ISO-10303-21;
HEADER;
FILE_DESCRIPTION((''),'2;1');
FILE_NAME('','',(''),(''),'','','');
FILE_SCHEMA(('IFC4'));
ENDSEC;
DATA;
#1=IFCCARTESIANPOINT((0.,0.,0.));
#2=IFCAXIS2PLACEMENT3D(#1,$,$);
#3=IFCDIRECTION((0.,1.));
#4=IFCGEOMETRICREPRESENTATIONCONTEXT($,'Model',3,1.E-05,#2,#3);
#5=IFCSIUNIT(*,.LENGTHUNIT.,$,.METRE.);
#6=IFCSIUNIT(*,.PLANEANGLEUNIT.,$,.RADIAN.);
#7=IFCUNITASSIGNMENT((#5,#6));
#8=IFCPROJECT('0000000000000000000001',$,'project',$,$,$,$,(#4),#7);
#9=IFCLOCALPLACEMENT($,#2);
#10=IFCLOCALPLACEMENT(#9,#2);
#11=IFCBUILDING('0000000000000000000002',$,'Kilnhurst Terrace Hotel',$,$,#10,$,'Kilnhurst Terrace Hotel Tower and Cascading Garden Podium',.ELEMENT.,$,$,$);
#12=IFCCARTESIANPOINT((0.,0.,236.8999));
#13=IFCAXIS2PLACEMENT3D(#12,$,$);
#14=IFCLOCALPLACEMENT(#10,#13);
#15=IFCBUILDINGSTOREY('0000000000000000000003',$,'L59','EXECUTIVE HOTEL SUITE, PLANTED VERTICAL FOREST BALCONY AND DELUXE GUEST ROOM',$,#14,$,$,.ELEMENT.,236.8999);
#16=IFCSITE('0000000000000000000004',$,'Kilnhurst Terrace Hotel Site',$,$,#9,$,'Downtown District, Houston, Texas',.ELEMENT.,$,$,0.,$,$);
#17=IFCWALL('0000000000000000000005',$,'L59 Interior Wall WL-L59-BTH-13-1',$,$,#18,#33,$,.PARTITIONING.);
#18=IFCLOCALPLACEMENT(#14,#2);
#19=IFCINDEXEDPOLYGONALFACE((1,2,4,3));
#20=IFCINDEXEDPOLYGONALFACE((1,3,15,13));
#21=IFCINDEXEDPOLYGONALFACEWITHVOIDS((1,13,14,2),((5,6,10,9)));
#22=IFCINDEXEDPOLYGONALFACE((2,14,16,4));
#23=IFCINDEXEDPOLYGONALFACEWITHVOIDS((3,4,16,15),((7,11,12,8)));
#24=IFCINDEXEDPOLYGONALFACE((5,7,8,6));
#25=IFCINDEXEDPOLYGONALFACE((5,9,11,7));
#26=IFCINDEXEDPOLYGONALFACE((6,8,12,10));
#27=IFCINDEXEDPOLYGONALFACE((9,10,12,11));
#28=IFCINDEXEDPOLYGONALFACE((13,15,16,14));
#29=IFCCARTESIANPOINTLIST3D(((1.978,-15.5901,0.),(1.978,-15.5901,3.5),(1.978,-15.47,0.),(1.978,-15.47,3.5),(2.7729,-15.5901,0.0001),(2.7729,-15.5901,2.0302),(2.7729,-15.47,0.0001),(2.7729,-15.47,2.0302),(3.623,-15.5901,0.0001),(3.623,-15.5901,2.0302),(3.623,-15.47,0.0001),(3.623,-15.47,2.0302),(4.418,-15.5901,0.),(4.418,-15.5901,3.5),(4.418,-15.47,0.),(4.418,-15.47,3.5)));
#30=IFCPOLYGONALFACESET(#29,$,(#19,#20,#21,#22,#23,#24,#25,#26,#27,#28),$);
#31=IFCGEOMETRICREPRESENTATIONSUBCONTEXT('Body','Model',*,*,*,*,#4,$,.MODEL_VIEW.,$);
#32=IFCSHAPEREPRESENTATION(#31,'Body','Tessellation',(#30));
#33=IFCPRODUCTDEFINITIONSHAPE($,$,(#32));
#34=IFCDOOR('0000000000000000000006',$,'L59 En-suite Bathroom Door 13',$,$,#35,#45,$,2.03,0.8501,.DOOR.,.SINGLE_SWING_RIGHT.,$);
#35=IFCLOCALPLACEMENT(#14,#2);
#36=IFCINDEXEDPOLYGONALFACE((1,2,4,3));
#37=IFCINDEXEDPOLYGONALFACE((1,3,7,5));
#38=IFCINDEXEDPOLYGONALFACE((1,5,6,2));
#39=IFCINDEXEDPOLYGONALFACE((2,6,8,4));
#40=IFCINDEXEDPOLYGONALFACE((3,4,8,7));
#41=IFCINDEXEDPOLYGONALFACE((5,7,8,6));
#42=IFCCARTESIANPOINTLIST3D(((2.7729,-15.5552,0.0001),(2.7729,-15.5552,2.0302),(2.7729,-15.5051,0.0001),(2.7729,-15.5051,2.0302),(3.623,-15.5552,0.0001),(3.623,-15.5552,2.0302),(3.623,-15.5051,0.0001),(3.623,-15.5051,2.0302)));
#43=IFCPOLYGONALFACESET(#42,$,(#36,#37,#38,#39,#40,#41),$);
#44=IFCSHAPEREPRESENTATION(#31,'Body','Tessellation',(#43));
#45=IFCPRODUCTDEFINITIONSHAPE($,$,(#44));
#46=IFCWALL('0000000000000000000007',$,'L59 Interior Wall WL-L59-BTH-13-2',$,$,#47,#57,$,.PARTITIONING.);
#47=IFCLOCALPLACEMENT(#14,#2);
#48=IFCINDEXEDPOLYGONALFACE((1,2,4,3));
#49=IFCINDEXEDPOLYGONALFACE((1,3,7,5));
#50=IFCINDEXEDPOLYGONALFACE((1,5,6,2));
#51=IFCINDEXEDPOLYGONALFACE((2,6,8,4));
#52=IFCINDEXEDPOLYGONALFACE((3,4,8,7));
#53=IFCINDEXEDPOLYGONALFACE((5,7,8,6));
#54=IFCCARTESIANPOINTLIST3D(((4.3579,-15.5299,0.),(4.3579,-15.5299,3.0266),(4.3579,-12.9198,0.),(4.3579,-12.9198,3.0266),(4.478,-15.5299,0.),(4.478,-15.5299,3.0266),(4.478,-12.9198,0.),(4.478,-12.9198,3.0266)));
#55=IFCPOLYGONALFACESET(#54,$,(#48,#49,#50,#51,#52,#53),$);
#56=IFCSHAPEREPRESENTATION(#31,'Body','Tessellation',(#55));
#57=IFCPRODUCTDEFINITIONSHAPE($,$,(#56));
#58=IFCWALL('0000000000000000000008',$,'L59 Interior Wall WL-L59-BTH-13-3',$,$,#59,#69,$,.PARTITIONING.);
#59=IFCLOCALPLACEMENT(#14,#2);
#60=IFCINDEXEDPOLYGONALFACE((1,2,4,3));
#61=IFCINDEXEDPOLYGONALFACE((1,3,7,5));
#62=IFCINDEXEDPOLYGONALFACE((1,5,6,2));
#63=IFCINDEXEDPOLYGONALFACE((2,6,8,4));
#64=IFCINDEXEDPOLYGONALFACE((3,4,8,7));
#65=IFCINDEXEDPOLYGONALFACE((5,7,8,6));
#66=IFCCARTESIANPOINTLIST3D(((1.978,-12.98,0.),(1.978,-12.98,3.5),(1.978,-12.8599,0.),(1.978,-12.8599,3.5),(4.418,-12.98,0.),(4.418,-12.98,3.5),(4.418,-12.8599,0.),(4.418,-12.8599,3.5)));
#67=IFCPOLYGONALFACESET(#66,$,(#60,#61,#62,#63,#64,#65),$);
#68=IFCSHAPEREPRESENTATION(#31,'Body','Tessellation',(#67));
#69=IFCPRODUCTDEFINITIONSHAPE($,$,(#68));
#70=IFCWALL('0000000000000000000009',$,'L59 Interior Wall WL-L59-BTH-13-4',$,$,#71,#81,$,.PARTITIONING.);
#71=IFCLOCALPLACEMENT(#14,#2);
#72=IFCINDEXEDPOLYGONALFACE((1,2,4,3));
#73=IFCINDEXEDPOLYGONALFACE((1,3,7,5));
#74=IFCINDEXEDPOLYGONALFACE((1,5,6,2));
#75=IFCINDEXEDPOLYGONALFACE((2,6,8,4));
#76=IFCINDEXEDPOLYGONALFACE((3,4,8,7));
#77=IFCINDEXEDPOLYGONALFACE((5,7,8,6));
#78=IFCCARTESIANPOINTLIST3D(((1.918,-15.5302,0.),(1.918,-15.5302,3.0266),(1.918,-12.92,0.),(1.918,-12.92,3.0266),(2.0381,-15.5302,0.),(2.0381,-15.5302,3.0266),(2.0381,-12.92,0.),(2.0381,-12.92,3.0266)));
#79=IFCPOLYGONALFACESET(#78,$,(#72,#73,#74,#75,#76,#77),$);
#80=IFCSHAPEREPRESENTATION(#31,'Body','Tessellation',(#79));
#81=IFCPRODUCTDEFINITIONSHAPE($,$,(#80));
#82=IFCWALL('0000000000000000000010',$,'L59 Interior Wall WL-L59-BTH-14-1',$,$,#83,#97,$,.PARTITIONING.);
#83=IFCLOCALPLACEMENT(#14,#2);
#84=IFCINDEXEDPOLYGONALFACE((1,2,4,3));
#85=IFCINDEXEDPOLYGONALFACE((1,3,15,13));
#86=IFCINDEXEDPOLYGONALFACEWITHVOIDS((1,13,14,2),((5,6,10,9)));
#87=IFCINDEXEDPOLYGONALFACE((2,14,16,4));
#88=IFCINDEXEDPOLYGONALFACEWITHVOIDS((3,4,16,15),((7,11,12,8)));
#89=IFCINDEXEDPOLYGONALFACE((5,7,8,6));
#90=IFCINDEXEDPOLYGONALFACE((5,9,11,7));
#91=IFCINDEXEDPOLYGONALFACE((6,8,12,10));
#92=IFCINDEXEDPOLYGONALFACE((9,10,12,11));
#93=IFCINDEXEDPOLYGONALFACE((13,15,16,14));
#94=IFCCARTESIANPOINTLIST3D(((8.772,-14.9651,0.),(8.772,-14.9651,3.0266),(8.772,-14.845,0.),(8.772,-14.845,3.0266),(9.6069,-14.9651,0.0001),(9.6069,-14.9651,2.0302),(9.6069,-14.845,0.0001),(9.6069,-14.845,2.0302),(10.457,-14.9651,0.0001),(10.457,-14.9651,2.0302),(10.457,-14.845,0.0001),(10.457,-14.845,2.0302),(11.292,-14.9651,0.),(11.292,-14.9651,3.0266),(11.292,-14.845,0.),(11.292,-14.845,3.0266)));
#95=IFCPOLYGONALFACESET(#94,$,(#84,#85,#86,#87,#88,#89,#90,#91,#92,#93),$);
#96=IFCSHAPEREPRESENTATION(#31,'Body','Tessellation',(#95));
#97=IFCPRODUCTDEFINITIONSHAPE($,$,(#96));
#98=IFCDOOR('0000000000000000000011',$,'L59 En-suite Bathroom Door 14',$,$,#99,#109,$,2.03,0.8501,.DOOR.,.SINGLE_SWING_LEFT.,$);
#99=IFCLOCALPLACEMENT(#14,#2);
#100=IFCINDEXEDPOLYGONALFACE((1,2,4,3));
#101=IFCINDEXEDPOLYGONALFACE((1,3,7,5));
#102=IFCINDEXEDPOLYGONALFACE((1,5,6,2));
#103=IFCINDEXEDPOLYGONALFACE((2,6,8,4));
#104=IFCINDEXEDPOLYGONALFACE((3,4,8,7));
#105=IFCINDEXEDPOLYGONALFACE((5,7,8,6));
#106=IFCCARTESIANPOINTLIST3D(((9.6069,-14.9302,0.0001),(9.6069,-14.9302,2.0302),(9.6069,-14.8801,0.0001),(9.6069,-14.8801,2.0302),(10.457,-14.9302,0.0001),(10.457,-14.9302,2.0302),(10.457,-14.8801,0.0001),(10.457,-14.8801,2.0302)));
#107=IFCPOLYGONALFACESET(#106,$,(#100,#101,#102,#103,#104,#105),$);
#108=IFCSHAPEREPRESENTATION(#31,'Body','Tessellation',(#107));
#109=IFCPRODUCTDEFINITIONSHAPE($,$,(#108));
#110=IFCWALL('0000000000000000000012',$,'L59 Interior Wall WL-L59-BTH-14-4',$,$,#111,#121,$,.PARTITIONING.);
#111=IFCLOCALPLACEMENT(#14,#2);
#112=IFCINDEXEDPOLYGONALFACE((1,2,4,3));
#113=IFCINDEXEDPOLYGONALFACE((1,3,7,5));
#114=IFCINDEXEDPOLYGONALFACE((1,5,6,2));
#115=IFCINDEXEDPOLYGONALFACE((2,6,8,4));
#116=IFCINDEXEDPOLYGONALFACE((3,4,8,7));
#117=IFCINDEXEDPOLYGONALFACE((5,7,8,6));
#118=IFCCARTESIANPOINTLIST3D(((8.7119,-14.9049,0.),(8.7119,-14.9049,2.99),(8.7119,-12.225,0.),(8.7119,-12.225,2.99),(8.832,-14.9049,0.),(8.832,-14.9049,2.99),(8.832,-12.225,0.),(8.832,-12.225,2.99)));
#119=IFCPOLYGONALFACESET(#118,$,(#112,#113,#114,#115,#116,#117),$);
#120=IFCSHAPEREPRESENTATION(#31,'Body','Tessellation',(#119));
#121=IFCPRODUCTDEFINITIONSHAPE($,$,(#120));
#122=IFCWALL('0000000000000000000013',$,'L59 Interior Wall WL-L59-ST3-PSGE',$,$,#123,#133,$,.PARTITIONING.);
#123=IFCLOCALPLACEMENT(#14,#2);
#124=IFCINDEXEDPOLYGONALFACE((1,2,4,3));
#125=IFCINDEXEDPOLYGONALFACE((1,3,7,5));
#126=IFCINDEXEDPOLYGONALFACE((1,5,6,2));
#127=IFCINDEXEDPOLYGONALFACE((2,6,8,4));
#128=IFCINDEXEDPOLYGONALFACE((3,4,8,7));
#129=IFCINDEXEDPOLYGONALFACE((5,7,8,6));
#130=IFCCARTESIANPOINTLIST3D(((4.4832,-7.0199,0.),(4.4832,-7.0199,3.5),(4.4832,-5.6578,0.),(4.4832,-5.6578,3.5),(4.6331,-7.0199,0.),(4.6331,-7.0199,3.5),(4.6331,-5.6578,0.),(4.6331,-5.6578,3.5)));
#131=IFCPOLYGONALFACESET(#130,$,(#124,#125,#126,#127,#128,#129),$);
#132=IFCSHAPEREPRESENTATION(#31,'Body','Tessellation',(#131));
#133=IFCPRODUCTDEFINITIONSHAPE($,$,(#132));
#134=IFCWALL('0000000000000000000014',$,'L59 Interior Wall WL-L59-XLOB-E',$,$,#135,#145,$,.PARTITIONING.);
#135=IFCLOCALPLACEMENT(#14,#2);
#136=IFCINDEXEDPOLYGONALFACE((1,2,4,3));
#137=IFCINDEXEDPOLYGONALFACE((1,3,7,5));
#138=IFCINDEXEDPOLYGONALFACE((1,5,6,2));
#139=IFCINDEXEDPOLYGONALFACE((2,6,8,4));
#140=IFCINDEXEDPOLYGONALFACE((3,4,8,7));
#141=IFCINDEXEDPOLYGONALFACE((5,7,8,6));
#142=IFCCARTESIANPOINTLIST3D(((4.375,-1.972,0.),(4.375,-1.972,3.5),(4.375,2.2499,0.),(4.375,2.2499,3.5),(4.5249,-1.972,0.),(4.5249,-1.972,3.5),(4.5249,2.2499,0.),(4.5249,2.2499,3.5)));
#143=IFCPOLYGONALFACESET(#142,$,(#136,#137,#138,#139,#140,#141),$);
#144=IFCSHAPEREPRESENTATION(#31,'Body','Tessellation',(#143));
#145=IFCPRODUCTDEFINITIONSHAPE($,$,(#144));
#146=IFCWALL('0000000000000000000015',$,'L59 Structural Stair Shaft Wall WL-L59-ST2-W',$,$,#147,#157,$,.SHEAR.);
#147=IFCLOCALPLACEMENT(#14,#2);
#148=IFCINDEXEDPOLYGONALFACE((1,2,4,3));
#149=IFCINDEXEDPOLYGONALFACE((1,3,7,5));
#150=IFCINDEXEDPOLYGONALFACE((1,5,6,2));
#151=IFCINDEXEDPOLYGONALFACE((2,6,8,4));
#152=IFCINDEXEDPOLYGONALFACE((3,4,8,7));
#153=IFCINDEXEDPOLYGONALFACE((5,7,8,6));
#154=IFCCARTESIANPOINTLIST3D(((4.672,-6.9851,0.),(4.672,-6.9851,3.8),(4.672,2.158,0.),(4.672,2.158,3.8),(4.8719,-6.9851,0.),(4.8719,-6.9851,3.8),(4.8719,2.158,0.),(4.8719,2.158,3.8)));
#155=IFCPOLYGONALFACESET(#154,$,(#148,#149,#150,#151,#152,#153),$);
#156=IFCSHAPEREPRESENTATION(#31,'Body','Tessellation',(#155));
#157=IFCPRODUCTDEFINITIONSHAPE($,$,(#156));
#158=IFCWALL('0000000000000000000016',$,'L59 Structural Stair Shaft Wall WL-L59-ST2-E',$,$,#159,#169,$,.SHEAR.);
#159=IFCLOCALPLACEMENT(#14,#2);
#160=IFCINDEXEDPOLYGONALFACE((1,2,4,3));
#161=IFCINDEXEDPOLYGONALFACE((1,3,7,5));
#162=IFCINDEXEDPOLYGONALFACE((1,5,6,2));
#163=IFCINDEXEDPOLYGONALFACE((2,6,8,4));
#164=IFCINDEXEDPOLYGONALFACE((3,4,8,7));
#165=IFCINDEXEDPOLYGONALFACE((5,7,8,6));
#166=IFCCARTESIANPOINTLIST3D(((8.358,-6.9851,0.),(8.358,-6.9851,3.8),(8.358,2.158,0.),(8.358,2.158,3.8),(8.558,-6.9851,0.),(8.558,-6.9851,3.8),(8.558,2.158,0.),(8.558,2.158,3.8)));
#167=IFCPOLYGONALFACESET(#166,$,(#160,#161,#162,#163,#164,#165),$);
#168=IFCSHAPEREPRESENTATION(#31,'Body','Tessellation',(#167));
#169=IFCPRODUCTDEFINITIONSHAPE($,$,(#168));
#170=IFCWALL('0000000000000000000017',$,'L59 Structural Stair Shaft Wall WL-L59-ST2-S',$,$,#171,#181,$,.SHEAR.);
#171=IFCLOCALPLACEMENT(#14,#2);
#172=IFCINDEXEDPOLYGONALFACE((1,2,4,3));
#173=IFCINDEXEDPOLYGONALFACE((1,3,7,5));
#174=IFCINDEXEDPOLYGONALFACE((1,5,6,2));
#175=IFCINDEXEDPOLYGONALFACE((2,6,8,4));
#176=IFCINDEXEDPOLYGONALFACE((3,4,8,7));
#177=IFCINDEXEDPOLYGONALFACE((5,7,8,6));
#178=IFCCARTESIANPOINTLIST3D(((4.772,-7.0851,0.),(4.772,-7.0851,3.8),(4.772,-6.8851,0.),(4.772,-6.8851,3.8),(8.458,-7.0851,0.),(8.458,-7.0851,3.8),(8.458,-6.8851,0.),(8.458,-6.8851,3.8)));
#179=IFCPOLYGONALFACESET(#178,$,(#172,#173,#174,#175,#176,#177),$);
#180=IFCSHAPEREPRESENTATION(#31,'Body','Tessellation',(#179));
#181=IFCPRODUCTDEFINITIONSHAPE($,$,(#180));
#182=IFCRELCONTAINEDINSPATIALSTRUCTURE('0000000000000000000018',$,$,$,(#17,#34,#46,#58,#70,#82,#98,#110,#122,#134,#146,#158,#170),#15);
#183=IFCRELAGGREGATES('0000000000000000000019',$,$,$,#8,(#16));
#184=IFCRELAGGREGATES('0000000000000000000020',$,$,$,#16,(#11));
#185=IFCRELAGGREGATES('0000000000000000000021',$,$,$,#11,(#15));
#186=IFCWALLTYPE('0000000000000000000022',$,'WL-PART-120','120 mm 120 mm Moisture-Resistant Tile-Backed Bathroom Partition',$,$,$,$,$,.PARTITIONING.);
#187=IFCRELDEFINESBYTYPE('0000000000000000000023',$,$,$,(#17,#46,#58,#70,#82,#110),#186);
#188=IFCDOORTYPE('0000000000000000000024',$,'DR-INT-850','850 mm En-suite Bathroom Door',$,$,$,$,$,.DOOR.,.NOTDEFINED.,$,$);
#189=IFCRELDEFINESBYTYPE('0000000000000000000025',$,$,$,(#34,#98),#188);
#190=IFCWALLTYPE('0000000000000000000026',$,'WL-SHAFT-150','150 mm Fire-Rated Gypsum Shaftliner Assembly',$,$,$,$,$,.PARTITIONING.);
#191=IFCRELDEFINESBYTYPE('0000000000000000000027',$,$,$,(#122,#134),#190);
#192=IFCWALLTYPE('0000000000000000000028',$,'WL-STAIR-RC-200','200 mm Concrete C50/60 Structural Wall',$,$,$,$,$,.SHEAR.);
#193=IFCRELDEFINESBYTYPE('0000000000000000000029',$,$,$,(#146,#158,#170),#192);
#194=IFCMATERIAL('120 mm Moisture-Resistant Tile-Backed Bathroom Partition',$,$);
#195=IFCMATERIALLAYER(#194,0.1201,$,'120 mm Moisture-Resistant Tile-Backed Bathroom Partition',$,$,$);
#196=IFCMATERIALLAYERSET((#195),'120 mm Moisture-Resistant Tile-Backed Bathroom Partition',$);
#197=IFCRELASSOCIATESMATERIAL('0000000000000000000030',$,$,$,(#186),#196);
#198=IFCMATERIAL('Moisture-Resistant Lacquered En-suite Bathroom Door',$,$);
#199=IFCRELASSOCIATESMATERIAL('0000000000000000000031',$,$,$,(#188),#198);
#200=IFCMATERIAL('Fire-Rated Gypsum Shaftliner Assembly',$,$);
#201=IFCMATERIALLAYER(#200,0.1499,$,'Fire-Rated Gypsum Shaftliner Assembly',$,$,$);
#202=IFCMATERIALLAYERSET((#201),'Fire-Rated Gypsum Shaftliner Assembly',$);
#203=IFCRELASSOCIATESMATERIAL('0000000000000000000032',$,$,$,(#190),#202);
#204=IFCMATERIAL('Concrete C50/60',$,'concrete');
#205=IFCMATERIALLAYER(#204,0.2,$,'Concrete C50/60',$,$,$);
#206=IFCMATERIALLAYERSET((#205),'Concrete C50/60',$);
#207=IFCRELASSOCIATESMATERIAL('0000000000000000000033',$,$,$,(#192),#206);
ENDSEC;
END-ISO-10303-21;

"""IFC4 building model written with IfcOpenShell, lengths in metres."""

from ifc_helpers import new_model, si_unit, direction, frame, frame_2d, origin, place, context, subcontext, project, spatial, rectangle, extrude, material, layer, layer_set, type_object, element, fill, save


model = new_model("IFC4")

# Units and contexts
model_context = context("Model", 3, precision=1e-05, world=origin(), true_north=direction((0.0, 1.0)))
body_context = subcontext(model_context, "Body", "Model", "MODEL_VIEW")
ifc_project = project(units=[si_unit("LENGTHUNIT", "METRE"), si_unit("PLANEANGLEUNIT", "RADIAN")], contexts=[model_context])

# Site, building, storey
site_placement = place(None, origin())
site = spatial("IfcSite", under=ifc_project, at=site_placement, Name="Kilnhurst Terrace Hotel Site", LongName="Downtown District, Houston, Texas", CompositionType="ELEMENT", RefElevation=0.0)
building_placement = place(site_placement, origin())
building = spatial("IfcBuilding", under=site, at=building_placement, Name="Kilnhurst Terrace Hotel", LongName="Kilnhurst Terrace Hotel Tower and Cascading Garden Podium", CompositionType="ELEMENT")
storey_placement = place(building_placement, frame((0.0, 0.0, 236.8999)))
storey = spatial("IfcBuildingStorey", under=building, at=storey_placement, Name="L59", Description="EXECUTIVE HOTEL SUITE, PLANTED VERTICAL FOREST BALCONY AND DELUXE GUEST ROOM", CompositionType="ELEMENT", Elevation=236.8999)

# Shared definitions
ifc_material_1 = material(Name="Concrete C50/60", Category="concrete")

# Wall, opening, door
ifc_material_2 = material(Name="120 mm Moisture-Resistant Tile-Backed Bathroom Partition")
ifc_layer_1 = layer(ifc_material_2, 0.1201, Name="120 mm Moisture-Resistant Tile-Backed Bathroom Partition")
ifc_layer_set_1 = layer_set([ifc_layer_1], Name="120 mm Moisture-Resistant Tile-Backed Bathroom Partition")
wall_type_1 = type_object("IfcWallType", Name="WL-PART-120", Description="120 mm 120 mm Moisture-Resistant Tile-Backed Bathroom Partition", PredefinedType="PARTITIONING", material=ifc_layer_set_1)
wall_1_placement = place(storey_placement, frame((1.978, -15.53, 0.0), z_axis=(0.0, 0.0, 1.0), x_axis=(1.0, 0.0, 0.0)))
wall_1 = element("IfcWall", 1, at=wall_1_placement, inside=storey, type_object=wall_type_1, Name="L59 Interior Wall WL-L59-BTH-13-1", PredefinedType="PARTITIONING", context=body_context, shape_type="SweptSolid", body=[
    extrude(rectangle(XDim=2.4399, YDim=0.1201, at=frame_2d((1.22, 0.0))), origin(), (0.0, 0.0, 1.0), 3.5),
])
opening_1_placement = place(wall_1_placement, frame((0.7949, 0.0, 0.0)))
opening_1 = element("IfcOpeningElement", 2, at=opening_1_placement, cuts=wall_1, PredefinedType="OPENING", context=body_context, shape_type="SweptSolid", body=[
    extrude(rectangle(XDim=0.8501, YDim=2.03, at=frame_2d((0.425, 1.0151))), frame((0.0, 0.0701, 0.0), z_axis=(0.0, -1.0, 0.0), x_axis=(1.0, 0.0, 0.0)), (0.0, 0.0, 1.0), 0.1401),
])
ifc_material_3 = material(Name="Moisture-Resistant Lacquered En-suite Bathroom Door")
door_type = type_object("IfcDoorType", Name="DR-INT-850", Description="850 mm En-suite Bathroom Door", OperationType="NOTDEFINED", PredefinedType="DOOR", material=ifc_material_3)
door_1_placement = place(opening_1_placement, origin())
door_1 = element("IfcDoor", 3, at=door_1_placement, inside=storey, type_object=door_type, Name="L59 En-suite Bathroom Door 13", OperationType="SINGLE_SWING_RIGHT", OverallHeight=2.03, OverallWidth=0.8501, PredefinedType="DOOR", context=body_context, shape_type="SweptSolid", body=[
    extrude(rectangle(XDim=0.8501, YDim=2.03, at=frame_2d((0.425, 1.0151))), frame((0.0, 0.0249, 0.0), z_axis=(0.0, -1.0, 0.0), x_axis=(1.0, 0.0, 0.0)), (0.0, 0.0, 1.0), 0.05),
])
fill(opening_1, door_1)

# Walls
wall_2_placement = place(storey_placement, frame((4.418, -15.53, 0.0), z_axis=(0.0, 0.0, 1.0), x_axis=(0.0, 1.0, 0.0)))
element("IfcWall", 4, at=wall_2_placement, inside=storey, type_object=wall_type_1, Name="L59 Interior Wall WL-L59-BTH-13-2", PredefinedType="PARTITIONING", context=body_context, shape_type="SweptSolid", body=[
    extrude(rectangle(XDim=2.6101, YDim=0.1201, at=frame_2d((1.3052, 0.0))), origin(), (0.0, 0.0, 1.0), 3.0266),
])
wall_3_placement = place(storey_placement, frame((4.418, -12.9199, 0.0), z_axis=(0.0, 0.0, 1.0), x_axis=(-1.0, 0.0, 0.0)))
element("IfcWall", 5, at=wall_3_placement, inside=storey, type_object=wall_type_1, Name="L59 Interior Wall WL-L59-BTH-13-3", PredefinedType="PARTITIONING", context=body_context, shape_type="SweptSolid", body=[
    extrude(rectangle(XDim=2.4399, YDim=0.1201, at=frame_2d((1.22, 0.0))), origin(), (0.0, 0.0, 1.0), 3.5),
])
wall_4_placement = place(storey_placement, frame((1.978, -12.9199, 0.0), z_axis=(0.0, 0.0, 1.0), x_axis=(0.0, -1.0, 0.0)))
element("IfcWall", 6, at=wall_4_placement, inside=storey, type_object=wall_type_1, Name="L59 Interior Wall WL-L59-BTH-13-4", PredefinedType="PARTITIONING", context=body_context, shape_type="SweptSolid", body=[
    extrude(rectangle(XDim=2.6101, YDim=0.1201, at=frame_2d((1.3052, 0.0))), origin(), (0.0, 0.0, 1.0), 3.0266),
])

# Wall, opening, door
wall_5_placement = place(storey_placement, frame((8.772, -14.905, 0.0), z_axis=(0.0, 0.0, 1.0), x_axis=(1.0, 0.0, 0.0)))
wall_5 = element("IfcWall", 7, at=wall_5_placement, inside=storey, type_object=wall_type_1, Name="L59 Interior Wall WL-L59-BTH-14-1", PredefinedType="PARTITIONING", context=body_context, shape_type="SweptSolid", body=[
    extrude(rectangle(XDim=2.52, YDim=0.1201, at=frame_2d((1.26, 0.0))), origin(), (0.0, 0.0, 1.0), 3.0266),
])
opening_2_placement = place(wall_5_placement, frame((0.835, 0.0, 0.0)))
opening_2 = element("IfcOpeningElement", 8, at=opening_2_placement, cuts=wall_5, PredefinedType="OPENING", context=body_context, shape_type="SweptSolid", body=[
    extrude(rectangle(XDim=0.8501, YDim=2.03, at=frame_2d((0.425, 1.0151))), frame((0.0, 0.0701, 0.0), z_axis=(0.0, -1.0, 0.0), x_axis=(1.0, 0.0, 0.0)), (0.0, 0.0, 1.0), 0.1401),
])
door_2_placement = place(opening_2_placement, origin())
door_2 = element("IfcDoor", 9, at=door_2_placement, inside=storey, type_object=door_type, Name="L59 En-suite Bathroom Door 14", OperationType="SINGLE_SWING_LEFT", OverallHeight=2.03, OverallWidth=0.8501, PredefinedType="DOOR", context=body_context, shape_type="SweptSolid", body=[
    extrude(rectangle(XDim=0.8501, YDim=2.03, at=frame_2d((0.425, 1.0151))), frame((0.0, 0.0249, 0.0), z_axis=(0.0, -1.0, 0.0), x_axis=(1.0, 0.0, 0.0)), (0.0, 0.0, 1.0), 0.05),
])
fill(opening_2, door_2)

# Walls
wall_6_placement = place(storey_placement, frame((8.772, -12.2251, 0.0), z_axis=(0.0, 0.0, 1.0), x_axis=(0.0, -1.0, 0.0)))
element("IfcWall", 10, at=wall_6_placement, inside=storey, type_object=wall_type_1, Name="L59 Interior Wall WL-L59-BTH-14-4", PredefinedType="PARTITIONING", context=body_context, shape_type="SweptSolid", body=[
    extrude(rectangle(XDim=2.6799, YDim=0.1201, at=frame_2d((1.3398, 0.0))), origin(), (0.0, 0.0, 1.0), 2.99),
])
ifc_material_4 = material(Name="Fire-Rated Gypsum Shaftliner Assembly")
ifc_layer_2 = layer(ifc_material_4, 0.1499, Name="Fire-Rated Gypsum Shaftliner Assembly")
ifc_layer_set_2 = layer_set([ifc_layer_2], Name="Fire-Rated Gypsum Shaftliner Assembly")
wall_type_2 = type_object("IfcWallType", Name="WL-SHAFT-150", Description="150 mm Fire-Rated Gypsum Shaftliner Assembly", PredefinedType="PARTITIONING", material=ifc_layer_set_2)
wall_7_placement = place(storey_placement, frame((4.5581, -7.02, 0.0), z_axis=(0.0, 0.0, 1.0), x_axis=(0.0, 1.0, 0.0)))
element("IfcWall", 11, at=wall_7_placement, inside=storey, type_object=wall_type_2, Name="L59 Interior Wall WL-L59-ST3-PSGE", PredefinedType="PARTITIONING", context=body_context, shape_type="SweptSolid", body=[
    extrude(rectangle(XDim=1.3621, YDim=0.1499, at=frame_2d((0.6812, 0.0))), origin(), (0.0, 0.0, 1.0), 3.5),
])
wall_8_placement = place(storey_placement, frame((4.45, -1.9719, 0.0), z_axis=(0.0, 0.0, 1.0), x_axis=(0.0, 1.0, 0.0)))
element("IfcWall", 12, at=wall_8_placement, inside=storey, type_object=wall_type_2, Name="L59 Interior Wall WL-L59-XLOB-E", PredefinedType="PARTITIONING", context=body_context, shape_type="SweptSolid", body=[
    extrude(rectangle(XDim=4.2219, YDim=0.1499, at=frame_2d((2.1108, 0.0))), origin(), (0.0, 0.0, 1.0), 3.5),
])
ifc_layer_3 = layer(ifc_material_1, 0.2, Name="Concrete C50/60")
ifc_layer_set_3 = layer_set([ifc_layer_3], Name="Concrete C50/60")
wall_type_3 = type_object("IfcWallType", Name="WL-STAIR-RC-200", Description="200 mm Concrete C50/60 Structural Wall", PredefinedType="SHEAR", material=ifc_layer_set_3)
for number, where, z_axis, x_axis, name in (
    (13, (4.772, -6.9851, 0.0), (0.0, 0.0, 1.0), (0.0, 1.0, 0.0), "L59 Structural Stair Shaft Wall WL-L59-ST2-W"),
    (14, (8.458, -6.9851, 0.0), (0.0, 0.0, 1.0), (0.0, 1.0, 0.0), "L59 Structural Stair Shaft Wall WL-L59-ST2-E"),
):
    element("IfcWall", number, at=place(storey_placement, frame(where, z_axis=z_axis, x_axis=x_axis)), inside=storey, type_object=wall_type_3, Name=name, PredefinedType="SHEAR", context=body_context, shape_type="SweptSolid", body=[
        extrude(rectangle(XDim=9.1431, YDim=0.2, at=frame_2d((4.5715, 0.0))), origin(), (0.0, 0.0, 1.0), 3.8),
    ])
for number, where, z_axis, x_axis, name in (
    (15, (4.772, -6.9851, 0.0), (0.0, 0.0, 1.0), (1.0, 0.0, 0.0), "L59 Structural Stair Shaft Wall WL-L59-ST2-S"),
):
    element("IfcWall", number, at=place(storey_placement, frame(where, z_axis=z_axis, x_axis=x_axis)), inside=storey, type_object=wall_type_3, Name=name, PredefinedType="SHEAR", context=body_context, shape_type="SweptSolid", body=[
        extrude(rectangle(XDim=3.686, YDim=0.2, at=frame_2d((1.843, 0.0))), origin(), (0.0, 0.0, 1.0), 3.8),
    ])

save(model, "model.ifc")
